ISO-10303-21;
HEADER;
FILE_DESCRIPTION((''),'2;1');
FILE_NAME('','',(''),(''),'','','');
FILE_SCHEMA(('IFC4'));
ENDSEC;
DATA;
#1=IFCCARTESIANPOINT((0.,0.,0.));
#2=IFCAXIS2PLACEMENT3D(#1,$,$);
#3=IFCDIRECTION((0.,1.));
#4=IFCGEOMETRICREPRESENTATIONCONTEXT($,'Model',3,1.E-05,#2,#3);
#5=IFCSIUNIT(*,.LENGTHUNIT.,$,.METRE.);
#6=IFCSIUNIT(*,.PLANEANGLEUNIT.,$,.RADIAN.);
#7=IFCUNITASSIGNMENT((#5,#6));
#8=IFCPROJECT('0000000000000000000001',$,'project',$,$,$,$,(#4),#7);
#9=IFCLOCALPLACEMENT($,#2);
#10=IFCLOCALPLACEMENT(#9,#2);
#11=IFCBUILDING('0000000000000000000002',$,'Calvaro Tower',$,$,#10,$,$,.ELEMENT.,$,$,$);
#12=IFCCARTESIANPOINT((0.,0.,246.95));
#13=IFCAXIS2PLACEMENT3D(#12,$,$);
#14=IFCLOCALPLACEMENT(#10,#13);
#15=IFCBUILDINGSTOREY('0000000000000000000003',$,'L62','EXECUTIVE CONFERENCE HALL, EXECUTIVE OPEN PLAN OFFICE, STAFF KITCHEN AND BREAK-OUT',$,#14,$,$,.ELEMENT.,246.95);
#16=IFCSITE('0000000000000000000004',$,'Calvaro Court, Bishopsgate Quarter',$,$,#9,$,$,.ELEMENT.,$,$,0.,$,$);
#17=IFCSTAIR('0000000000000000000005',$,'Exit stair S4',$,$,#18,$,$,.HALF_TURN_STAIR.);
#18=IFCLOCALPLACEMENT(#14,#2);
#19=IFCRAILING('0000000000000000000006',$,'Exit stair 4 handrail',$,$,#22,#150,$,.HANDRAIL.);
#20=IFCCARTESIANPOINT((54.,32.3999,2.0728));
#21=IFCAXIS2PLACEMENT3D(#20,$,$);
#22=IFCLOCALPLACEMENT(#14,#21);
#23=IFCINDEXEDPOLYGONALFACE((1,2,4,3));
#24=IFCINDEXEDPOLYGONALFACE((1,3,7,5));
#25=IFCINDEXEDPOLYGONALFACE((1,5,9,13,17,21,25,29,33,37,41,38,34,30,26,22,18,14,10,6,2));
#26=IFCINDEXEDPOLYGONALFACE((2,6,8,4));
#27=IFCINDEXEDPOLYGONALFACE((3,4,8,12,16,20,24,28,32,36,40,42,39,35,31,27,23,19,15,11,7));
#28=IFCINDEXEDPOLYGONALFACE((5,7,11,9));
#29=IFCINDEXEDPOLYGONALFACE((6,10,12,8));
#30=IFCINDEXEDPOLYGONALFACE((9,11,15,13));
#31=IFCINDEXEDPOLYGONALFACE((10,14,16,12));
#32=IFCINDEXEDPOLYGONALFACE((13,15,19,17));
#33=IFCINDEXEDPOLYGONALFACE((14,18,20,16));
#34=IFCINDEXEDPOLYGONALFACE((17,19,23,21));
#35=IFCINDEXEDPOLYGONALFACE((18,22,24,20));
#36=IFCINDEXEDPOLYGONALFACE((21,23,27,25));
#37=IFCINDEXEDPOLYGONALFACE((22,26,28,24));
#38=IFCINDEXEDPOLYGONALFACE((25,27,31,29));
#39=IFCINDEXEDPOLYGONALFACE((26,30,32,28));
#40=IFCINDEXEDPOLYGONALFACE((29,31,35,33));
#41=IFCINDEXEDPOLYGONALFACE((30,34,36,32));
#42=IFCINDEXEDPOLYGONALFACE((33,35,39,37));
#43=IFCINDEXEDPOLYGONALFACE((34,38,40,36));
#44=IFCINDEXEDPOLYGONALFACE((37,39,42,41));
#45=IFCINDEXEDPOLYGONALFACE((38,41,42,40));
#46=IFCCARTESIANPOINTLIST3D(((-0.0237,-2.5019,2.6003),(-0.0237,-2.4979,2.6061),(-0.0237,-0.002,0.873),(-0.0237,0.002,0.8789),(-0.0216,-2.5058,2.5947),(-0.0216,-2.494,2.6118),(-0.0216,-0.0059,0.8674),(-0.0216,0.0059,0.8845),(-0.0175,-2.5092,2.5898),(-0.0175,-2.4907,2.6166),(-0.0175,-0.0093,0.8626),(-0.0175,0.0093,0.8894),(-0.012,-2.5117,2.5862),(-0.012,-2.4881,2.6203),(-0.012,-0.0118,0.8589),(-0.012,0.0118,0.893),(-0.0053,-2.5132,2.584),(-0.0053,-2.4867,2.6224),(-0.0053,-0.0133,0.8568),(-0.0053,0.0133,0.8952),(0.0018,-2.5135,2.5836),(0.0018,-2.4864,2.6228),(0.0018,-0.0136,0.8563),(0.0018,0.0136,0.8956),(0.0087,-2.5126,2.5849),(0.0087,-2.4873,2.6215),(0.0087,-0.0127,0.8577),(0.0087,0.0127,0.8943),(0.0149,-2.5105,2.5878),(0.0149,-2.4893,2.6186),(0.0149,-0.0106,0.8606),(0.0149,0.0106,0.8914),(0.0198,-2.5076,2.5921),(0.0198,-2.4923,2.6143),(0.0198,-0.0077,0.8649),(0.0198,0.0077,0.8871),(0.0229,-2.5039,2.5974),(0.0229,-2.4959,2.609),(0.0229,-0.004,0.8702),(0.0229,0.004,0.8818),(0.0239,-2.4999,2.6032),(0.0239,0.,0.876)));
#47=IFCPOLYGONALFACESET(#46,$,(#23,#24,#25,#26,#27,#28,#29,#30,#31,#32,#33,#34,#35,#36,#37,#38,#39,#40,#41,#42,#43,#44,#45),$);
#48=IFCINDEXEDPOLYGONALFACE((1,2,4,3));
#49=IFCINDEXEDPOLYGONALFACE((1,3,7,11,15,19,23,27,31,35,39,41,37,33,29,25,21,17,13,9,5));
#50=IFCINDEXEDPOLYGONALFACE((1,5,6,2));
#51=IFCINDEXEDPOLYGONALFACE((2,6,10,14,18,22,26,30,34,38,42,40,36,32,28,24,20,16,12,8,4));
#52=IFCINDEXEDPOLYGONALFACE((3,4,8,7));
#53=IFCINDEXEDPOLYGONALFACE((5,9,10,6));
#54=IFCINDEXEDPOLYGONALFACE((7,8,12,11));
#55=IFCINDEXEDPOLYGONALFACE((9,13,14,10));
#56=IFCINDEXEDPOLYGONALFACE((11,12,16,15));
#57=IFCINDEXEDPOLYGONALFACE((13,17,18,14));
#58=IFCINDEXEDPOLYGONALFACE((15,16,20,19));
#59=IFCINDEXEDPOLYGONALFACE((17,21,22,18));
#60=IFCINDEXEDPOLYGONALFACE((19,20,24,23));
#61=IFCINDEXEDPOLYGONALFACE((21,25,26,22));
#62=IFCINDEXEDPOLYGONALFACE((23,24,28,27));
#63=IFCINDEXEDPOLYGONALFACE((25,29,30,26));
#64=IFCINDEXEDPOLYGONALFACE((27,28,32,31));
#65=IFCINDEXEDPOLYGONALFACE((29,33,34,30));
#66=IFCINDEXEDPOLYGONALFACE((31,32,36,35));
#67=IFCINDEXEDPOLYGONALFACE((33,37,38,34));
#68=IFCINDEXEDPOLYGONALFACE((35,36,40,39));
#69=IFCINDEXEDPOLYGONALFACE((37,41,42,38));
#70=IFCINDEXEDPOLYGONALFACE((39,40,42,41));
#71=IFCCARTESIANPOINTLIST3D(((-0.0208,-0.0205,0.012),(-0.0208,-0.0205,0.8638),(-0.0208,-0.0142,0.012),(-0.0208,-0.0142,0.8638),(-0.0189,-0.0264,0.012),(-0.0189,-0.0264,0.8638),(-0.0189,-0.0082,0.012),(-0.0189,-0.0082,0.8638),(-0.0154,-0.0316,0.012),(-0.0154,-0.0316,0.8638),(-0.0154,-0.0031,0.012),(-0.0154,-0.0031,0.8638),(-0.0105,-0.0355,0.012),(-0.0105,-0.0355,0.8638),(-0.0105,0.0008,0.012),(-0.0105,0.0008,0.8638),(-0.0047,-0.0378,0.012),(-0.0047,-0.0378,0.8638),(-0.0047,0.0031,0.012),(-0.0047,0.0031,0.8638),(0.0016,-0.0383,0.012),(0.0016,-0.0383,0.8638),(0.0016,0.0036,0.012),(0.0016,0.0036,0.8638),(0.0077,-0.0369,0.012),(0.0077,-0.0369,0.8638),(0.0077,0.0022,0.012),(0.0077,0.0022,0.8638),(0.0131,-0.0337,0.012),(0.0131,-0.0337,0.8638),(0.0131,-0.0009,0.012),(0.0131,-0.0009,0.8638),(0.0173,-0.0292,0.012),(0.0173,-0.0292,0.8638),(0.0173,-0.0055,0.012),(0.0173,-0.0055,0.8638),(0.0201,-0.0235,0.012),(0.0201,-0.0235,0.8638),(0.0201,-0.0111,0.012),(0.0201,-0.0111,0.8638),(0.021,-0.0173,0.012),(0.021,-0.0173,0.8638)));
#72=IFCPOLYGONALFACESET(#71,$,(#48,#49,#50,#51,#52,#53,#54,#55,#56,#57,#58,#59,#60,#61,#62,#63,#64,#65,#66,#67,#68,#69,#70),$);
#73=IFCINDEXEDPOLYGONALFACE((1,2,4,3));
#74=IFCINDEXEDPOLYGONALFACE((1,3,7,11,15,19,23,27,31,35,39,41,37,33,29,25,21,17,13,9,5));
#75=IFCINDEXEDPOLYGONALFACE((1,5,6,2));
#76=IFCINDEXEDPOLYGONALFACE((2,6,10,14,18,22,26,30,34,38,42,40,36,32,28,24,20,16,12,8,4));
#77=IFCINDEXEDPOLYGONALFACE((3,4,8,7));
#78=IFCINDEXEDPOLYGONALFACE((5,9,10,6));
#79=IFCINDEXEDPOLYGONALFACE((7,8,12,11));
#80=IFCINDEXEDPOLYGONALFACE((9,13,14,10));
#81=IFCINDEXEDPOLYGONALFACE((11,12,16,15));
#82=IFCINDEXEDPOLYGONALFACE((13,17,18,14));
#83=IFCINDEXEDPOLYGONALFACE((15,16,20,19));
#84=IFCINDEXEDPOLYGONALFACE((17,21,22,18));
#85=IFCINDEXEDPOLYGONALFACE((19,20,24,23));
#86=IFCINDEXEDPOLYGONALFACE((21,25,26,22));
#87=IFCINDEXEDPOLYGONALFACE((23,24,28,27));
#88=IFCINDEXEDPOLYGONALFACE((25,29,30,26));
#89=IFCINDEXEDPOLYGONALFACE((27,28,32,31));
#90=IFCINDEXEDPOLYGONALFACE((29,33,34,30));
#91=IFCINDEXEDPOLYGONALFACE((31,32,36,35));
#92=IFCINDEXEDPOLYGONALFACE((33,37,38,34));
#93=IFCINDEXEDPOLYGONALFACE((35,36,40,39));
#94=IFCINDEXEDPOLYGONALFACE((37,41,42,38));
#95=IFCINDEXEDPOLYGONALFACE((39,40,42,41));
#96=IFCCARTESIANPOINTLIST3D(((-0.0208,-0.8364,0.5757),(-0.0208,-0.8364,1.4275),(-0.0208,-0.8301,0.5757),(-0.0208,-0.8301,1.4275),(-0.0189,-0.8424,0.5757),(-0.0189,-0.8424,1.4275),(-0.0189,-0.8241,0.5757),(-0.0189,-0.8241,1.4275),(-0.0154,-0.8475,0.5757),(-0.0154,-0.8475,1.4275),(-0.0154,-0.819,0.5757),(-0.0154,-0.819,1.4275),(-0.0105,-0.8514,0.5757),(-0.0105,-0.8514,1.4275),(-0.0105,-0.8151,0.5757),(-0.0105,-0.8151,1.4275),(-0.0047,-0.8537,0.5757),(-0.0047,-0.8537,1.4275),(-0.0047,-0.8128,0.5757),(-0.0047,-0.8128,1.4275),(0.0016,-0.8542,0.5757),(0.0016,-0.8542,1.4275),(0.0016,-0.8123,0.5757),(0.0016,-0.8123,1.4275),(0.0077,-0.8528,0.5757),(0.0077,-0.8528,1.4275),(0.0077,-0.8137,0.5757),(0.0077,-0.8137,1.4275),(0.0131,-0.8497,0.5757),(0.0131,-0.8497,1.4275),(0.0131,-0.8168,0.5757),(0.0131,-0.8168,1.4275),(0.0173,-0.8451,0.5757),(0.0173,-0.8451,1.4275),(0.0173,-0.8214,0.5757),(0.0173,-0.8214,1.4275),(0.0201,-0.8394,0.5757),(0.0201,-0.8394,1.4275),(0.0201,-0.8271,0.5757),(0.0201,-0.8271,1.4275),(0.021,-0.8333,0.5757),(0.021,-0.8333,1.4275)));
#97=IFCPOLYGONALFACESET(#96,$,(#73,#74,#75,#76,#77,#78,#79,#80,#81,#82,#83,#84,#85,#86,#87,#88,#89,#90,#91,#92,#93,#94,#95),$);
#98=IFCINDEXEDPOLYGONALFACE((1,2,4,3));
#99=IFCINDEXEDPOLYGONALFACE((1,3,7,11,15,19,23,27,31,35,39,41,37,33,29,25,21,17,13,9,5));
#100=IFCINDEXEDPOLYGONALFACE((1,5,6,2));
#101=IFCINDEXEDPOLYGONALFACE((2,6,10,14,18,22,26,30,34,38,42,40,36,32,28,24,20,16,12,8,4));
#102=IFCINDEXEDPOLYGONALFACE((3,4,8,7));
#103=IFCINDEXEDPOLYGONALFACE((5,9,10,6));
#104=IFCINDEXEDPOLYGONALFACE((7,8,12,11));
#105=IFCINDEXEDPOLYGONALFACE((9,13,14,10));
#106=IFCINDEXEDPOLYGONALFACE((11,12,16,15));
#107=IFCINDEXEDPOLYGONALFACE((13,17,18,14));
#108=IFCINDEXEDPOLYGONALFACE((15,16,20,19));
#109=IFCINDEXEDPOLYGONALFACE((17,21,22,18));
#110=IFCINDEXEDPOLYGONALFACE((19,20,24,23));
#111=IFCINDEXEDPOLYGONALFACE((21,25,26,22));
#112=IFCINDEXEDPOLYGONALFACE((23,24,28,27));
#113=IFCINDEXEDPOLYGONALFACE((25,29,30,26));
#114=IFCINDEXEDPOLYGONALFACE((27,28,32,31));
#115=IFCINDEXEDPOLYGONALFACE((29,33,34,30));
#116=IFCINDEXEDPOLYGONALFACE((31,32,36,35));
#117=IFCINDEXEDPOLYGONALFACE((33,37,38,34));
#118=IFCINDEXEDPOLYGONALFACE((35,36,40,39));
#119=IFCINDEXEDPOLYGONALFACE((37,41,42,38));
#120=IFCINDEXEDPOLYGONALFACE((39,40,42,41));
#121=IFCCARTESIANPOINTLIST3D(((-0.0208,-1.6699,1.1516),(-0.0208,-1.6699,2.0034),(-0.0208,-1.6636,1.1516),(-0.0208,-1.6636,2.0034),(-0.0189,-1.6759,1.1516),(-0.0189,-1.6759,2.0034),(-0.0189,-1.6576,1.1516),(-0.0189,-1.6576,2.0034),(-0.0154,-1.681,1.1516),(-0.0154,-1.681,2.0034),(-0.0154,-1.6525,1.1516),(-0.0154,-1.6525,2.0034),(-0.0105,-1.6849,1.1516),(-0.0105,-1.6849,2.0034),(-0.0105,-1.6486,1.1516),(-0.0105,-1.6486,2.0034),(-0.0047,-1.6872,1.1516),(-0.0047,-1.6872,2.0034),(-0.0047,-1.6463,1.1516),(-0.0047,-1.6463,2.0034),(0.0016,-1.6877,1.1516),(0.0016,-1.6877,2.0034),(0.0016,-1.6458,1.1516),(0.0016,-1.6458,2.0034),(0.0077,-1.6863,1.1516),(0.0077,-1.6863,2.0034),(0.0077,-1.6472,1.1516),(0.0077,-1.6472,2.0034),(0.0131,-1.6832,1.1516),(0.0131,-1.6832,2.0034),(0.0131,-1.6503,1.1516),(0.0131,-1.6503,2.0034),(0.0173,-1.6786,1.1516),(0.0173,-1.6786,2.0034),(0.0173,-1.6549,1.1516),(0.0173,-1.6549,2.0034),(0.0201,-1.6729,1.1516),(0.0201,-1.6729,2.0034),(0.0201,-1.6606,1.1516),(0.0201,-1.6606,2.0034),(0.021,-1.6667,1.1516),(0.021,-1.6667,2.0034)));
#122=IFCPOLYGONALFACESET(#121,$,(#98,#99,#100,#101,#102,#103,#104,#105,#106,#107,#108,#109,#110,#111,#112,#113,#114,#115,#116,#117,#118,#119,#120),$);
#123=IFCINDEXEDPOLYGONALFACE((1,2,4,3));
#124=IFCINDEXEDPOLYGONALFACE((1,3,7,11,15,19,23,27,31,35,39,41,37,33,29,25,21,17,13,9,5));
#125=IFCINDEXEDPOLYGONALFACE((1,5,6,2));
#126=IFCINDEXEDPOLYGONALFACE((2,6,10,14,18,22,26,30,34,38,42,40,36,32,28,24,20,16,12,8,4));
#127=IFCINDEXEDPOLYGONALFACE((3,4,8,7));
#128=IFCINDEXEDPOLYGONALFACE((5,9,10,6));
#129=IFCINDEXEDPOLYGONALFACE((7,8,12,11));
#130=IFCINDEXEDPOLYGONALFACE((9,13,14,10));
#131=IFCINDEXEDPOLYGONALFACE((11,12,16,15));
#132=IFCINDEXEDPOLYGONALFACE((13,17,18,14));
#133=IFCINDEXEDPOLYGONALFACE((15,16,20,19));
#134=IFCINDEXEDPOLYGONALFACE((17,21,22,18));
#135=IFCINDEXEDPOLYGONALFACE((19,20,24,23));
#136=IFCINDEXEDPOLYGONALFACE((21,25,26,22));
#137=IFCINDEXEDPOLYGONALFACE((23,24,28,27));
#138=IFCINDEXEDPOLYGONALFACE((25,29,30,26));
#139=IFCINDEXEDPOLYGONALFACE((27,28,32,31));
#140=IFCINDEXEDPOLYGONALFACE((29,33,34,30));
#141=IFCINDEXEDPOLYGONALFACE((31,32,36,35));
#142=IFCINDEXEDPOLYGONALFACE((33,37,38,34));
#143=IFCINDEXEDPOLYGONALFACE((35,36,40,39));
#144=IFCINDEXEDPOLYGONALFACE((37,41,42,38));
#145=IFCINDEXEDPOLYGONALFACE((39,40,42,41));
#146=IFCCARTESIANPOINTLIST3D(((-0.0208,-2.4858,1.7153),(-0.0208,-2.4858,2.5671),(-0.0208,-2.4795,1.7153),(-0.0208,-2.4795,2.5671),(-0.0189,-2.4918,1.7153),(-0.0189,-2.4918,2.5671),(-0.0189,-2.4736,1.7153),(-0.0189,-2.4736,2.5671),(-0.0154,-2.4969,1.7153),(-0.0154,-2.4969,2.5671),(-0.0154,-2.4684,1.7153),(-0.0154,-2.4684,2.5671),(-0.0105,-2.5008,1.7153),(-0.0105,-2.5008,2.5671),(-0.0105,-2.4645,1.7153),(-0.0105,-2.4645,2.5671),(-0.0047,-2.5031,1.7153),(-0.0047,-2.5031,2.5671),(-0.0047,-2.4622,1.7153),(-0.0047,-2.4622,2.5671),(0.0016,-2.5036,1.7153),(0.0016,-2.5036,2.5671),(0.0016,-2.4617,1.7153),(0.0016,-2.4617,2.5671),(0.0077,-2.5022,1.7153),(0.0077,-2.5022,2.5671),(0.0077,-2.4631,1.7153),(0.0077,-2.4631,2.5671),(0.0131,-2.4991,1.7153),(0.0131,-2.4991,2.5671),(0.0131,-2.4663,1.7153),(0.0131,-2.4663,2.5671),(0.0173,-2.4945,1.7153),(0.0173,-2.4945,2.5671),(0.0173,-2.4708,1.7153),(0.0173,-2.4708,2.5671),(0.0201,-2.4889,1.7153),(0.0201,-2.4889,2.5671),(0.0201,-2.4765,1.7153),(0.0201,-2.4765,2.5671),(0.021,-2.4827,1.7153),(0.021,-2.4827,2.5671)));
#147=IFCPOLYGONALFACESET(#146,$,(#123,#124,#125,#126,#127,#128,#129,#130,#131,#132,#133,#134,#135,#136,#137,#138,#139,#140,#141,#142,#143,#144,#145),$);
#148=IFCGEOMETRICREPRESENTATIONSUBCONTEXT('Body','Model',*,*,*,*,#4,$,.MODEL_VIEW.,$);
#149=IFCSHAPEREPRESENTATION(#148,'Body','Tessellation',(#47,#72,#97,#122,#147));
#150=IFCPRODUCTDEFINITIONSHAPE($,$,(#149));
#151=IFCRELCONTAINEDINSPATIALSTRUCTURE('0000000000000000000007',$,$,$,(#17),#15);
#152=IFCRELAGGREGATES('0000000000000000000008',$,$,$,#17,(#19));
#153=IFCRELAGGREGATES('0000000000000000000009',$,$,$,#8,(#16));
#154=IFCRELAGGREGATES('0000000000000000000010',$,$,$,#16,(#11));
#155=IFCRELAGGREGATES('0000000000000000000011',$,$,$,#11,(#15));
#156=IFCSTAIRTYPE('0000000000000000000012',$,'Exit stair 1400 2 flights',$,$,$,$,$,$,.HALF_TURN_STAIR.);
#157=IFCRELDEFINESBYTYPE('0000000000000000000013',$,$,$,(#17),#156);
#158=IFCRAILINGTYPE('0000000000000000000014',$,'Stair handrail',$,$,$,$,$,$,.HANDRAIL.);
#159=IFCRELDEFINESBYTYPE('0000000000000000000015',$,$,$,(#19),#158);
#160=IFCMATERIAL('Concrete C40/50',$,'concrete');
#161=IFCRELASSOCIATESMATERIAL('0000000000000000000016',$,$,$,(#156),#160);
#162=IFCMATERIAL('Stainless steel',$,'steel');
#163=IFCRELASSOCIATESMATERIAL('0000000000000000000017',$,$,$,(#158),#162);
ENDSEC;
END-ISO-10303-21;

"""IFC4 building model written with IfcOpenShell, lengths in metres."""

from ifc_helpers import new_model, si_unit, direction, frame, origin, origin_2d, place, context, subcontext, project, spatial, circle, extrude, material, type_object, element, aggregate, save


model = new_model("IFC4")

# Units and contexts
model_context = context("Model", 3, precision=1e-05, world=origin(), true_north=direction((0.0, 1.0)))
body_context = subcontext(model_context, "Body", "Model", "MODEL_VIEW")
ifc_project = project(units=[si_unit("LENGTHUNIT", "METRE"), si_unit("PLANEANGLEUNIT", "RADIAN")], contexts=[model_context])

# Site, building, storey
site_placement = place(None, origin())
site = spatial("IfcSite", under=ifc_project, at=site_placement, Name="Calvaro Court, Bishopsgate Quarter", CompositionType="ELEMENT", RefElevation=0.0)
building_placement = place(site_placement, origin())
building = spatial("IfcBuilding", under=site, at=building_placement, Name="Calvaro Tower", CompositionType="ELEMENT")
storey_placement = place(building_placement, frame((0.0, 0.0, 246.95)))
storey = spatial("IfcBuildingStorey", under=building, at=storey_placement, Name="L62", Description="EXECUTIVE CONFERENCE HALL, EXECUTIVE OPEN PLAN OFFICE, STAFF KITCHEN AND BREAK-OUT", CompositionType="ELEMENT", Elevation=246.95)

# Stair, railing
ifc_material_1 = material(Name="Concrete C40/50", Category="concrete")
stair_type = type_object("IfcStairType", Name="Exit stair 1400 2 flights", PredefinedType="HALF_TURN_STAIR", material=ifc_material_1)
stair_placement = place(storey_placement, origin())
stair = element("IfcStair", 1, at=stair_placement, inside=storey, type_object=stair_type, Name="Exit stair S4", PredefinedType="HALF_TURN_STAIR")
ifc_material_2 = material(Name="Stainless steel", Category="steel")
railing_type = type_object("IfcRailingType", Name="Stair handrail", PredefinedType="HANDRAIL", material=ifc_material_2)
railing_placement = place(storey_placement, frame((54.0, 32.3999, 2.0728)))
railing = element("IfcRailing", 2, at=railing_placement, type_object=railing_type, Name="Exit stair 4 handrail", PredefinedType="HANDRAIL", context=body_context, shape_type="SweptSolid", body=[
    extrude(circle(Radius=0.0239, at=origin_2d()), frame((0.0, 0.0, 0.876), z_axis=(0.0, -0.822727, 0.568437), x_axis=(1.0, 0.0, 0.0)), (0.0, 0.0, 1.0), 3.0386),
    extrude(circle(Radius=0.021, at=origin_2d()), frame((0.0, -0.0173, 0.012)), (0.0, 0.0, 1.0), 0.8518),
    extrude(circle(Radius=0.021, at=origin_2d()), frame((0.0, -0.8333, 0.5757)), (0.0, 0.0, 1.0), 0.8518),
    extrude(circle(Radius=0.021, at=origin_2d()), frame((0.0, -1.6667, 1.1516)), (0.0, 0.0, 1.0), 0.8518),
    extrude(circle(Radius=0.021, at=origin_2d()), frame((0.0, -2.4827, 1.7153)), (0.0, 0.0, 1.0), 0.8518),
])
aggregate(stair, [railing])

save(model, "model.ifc")
